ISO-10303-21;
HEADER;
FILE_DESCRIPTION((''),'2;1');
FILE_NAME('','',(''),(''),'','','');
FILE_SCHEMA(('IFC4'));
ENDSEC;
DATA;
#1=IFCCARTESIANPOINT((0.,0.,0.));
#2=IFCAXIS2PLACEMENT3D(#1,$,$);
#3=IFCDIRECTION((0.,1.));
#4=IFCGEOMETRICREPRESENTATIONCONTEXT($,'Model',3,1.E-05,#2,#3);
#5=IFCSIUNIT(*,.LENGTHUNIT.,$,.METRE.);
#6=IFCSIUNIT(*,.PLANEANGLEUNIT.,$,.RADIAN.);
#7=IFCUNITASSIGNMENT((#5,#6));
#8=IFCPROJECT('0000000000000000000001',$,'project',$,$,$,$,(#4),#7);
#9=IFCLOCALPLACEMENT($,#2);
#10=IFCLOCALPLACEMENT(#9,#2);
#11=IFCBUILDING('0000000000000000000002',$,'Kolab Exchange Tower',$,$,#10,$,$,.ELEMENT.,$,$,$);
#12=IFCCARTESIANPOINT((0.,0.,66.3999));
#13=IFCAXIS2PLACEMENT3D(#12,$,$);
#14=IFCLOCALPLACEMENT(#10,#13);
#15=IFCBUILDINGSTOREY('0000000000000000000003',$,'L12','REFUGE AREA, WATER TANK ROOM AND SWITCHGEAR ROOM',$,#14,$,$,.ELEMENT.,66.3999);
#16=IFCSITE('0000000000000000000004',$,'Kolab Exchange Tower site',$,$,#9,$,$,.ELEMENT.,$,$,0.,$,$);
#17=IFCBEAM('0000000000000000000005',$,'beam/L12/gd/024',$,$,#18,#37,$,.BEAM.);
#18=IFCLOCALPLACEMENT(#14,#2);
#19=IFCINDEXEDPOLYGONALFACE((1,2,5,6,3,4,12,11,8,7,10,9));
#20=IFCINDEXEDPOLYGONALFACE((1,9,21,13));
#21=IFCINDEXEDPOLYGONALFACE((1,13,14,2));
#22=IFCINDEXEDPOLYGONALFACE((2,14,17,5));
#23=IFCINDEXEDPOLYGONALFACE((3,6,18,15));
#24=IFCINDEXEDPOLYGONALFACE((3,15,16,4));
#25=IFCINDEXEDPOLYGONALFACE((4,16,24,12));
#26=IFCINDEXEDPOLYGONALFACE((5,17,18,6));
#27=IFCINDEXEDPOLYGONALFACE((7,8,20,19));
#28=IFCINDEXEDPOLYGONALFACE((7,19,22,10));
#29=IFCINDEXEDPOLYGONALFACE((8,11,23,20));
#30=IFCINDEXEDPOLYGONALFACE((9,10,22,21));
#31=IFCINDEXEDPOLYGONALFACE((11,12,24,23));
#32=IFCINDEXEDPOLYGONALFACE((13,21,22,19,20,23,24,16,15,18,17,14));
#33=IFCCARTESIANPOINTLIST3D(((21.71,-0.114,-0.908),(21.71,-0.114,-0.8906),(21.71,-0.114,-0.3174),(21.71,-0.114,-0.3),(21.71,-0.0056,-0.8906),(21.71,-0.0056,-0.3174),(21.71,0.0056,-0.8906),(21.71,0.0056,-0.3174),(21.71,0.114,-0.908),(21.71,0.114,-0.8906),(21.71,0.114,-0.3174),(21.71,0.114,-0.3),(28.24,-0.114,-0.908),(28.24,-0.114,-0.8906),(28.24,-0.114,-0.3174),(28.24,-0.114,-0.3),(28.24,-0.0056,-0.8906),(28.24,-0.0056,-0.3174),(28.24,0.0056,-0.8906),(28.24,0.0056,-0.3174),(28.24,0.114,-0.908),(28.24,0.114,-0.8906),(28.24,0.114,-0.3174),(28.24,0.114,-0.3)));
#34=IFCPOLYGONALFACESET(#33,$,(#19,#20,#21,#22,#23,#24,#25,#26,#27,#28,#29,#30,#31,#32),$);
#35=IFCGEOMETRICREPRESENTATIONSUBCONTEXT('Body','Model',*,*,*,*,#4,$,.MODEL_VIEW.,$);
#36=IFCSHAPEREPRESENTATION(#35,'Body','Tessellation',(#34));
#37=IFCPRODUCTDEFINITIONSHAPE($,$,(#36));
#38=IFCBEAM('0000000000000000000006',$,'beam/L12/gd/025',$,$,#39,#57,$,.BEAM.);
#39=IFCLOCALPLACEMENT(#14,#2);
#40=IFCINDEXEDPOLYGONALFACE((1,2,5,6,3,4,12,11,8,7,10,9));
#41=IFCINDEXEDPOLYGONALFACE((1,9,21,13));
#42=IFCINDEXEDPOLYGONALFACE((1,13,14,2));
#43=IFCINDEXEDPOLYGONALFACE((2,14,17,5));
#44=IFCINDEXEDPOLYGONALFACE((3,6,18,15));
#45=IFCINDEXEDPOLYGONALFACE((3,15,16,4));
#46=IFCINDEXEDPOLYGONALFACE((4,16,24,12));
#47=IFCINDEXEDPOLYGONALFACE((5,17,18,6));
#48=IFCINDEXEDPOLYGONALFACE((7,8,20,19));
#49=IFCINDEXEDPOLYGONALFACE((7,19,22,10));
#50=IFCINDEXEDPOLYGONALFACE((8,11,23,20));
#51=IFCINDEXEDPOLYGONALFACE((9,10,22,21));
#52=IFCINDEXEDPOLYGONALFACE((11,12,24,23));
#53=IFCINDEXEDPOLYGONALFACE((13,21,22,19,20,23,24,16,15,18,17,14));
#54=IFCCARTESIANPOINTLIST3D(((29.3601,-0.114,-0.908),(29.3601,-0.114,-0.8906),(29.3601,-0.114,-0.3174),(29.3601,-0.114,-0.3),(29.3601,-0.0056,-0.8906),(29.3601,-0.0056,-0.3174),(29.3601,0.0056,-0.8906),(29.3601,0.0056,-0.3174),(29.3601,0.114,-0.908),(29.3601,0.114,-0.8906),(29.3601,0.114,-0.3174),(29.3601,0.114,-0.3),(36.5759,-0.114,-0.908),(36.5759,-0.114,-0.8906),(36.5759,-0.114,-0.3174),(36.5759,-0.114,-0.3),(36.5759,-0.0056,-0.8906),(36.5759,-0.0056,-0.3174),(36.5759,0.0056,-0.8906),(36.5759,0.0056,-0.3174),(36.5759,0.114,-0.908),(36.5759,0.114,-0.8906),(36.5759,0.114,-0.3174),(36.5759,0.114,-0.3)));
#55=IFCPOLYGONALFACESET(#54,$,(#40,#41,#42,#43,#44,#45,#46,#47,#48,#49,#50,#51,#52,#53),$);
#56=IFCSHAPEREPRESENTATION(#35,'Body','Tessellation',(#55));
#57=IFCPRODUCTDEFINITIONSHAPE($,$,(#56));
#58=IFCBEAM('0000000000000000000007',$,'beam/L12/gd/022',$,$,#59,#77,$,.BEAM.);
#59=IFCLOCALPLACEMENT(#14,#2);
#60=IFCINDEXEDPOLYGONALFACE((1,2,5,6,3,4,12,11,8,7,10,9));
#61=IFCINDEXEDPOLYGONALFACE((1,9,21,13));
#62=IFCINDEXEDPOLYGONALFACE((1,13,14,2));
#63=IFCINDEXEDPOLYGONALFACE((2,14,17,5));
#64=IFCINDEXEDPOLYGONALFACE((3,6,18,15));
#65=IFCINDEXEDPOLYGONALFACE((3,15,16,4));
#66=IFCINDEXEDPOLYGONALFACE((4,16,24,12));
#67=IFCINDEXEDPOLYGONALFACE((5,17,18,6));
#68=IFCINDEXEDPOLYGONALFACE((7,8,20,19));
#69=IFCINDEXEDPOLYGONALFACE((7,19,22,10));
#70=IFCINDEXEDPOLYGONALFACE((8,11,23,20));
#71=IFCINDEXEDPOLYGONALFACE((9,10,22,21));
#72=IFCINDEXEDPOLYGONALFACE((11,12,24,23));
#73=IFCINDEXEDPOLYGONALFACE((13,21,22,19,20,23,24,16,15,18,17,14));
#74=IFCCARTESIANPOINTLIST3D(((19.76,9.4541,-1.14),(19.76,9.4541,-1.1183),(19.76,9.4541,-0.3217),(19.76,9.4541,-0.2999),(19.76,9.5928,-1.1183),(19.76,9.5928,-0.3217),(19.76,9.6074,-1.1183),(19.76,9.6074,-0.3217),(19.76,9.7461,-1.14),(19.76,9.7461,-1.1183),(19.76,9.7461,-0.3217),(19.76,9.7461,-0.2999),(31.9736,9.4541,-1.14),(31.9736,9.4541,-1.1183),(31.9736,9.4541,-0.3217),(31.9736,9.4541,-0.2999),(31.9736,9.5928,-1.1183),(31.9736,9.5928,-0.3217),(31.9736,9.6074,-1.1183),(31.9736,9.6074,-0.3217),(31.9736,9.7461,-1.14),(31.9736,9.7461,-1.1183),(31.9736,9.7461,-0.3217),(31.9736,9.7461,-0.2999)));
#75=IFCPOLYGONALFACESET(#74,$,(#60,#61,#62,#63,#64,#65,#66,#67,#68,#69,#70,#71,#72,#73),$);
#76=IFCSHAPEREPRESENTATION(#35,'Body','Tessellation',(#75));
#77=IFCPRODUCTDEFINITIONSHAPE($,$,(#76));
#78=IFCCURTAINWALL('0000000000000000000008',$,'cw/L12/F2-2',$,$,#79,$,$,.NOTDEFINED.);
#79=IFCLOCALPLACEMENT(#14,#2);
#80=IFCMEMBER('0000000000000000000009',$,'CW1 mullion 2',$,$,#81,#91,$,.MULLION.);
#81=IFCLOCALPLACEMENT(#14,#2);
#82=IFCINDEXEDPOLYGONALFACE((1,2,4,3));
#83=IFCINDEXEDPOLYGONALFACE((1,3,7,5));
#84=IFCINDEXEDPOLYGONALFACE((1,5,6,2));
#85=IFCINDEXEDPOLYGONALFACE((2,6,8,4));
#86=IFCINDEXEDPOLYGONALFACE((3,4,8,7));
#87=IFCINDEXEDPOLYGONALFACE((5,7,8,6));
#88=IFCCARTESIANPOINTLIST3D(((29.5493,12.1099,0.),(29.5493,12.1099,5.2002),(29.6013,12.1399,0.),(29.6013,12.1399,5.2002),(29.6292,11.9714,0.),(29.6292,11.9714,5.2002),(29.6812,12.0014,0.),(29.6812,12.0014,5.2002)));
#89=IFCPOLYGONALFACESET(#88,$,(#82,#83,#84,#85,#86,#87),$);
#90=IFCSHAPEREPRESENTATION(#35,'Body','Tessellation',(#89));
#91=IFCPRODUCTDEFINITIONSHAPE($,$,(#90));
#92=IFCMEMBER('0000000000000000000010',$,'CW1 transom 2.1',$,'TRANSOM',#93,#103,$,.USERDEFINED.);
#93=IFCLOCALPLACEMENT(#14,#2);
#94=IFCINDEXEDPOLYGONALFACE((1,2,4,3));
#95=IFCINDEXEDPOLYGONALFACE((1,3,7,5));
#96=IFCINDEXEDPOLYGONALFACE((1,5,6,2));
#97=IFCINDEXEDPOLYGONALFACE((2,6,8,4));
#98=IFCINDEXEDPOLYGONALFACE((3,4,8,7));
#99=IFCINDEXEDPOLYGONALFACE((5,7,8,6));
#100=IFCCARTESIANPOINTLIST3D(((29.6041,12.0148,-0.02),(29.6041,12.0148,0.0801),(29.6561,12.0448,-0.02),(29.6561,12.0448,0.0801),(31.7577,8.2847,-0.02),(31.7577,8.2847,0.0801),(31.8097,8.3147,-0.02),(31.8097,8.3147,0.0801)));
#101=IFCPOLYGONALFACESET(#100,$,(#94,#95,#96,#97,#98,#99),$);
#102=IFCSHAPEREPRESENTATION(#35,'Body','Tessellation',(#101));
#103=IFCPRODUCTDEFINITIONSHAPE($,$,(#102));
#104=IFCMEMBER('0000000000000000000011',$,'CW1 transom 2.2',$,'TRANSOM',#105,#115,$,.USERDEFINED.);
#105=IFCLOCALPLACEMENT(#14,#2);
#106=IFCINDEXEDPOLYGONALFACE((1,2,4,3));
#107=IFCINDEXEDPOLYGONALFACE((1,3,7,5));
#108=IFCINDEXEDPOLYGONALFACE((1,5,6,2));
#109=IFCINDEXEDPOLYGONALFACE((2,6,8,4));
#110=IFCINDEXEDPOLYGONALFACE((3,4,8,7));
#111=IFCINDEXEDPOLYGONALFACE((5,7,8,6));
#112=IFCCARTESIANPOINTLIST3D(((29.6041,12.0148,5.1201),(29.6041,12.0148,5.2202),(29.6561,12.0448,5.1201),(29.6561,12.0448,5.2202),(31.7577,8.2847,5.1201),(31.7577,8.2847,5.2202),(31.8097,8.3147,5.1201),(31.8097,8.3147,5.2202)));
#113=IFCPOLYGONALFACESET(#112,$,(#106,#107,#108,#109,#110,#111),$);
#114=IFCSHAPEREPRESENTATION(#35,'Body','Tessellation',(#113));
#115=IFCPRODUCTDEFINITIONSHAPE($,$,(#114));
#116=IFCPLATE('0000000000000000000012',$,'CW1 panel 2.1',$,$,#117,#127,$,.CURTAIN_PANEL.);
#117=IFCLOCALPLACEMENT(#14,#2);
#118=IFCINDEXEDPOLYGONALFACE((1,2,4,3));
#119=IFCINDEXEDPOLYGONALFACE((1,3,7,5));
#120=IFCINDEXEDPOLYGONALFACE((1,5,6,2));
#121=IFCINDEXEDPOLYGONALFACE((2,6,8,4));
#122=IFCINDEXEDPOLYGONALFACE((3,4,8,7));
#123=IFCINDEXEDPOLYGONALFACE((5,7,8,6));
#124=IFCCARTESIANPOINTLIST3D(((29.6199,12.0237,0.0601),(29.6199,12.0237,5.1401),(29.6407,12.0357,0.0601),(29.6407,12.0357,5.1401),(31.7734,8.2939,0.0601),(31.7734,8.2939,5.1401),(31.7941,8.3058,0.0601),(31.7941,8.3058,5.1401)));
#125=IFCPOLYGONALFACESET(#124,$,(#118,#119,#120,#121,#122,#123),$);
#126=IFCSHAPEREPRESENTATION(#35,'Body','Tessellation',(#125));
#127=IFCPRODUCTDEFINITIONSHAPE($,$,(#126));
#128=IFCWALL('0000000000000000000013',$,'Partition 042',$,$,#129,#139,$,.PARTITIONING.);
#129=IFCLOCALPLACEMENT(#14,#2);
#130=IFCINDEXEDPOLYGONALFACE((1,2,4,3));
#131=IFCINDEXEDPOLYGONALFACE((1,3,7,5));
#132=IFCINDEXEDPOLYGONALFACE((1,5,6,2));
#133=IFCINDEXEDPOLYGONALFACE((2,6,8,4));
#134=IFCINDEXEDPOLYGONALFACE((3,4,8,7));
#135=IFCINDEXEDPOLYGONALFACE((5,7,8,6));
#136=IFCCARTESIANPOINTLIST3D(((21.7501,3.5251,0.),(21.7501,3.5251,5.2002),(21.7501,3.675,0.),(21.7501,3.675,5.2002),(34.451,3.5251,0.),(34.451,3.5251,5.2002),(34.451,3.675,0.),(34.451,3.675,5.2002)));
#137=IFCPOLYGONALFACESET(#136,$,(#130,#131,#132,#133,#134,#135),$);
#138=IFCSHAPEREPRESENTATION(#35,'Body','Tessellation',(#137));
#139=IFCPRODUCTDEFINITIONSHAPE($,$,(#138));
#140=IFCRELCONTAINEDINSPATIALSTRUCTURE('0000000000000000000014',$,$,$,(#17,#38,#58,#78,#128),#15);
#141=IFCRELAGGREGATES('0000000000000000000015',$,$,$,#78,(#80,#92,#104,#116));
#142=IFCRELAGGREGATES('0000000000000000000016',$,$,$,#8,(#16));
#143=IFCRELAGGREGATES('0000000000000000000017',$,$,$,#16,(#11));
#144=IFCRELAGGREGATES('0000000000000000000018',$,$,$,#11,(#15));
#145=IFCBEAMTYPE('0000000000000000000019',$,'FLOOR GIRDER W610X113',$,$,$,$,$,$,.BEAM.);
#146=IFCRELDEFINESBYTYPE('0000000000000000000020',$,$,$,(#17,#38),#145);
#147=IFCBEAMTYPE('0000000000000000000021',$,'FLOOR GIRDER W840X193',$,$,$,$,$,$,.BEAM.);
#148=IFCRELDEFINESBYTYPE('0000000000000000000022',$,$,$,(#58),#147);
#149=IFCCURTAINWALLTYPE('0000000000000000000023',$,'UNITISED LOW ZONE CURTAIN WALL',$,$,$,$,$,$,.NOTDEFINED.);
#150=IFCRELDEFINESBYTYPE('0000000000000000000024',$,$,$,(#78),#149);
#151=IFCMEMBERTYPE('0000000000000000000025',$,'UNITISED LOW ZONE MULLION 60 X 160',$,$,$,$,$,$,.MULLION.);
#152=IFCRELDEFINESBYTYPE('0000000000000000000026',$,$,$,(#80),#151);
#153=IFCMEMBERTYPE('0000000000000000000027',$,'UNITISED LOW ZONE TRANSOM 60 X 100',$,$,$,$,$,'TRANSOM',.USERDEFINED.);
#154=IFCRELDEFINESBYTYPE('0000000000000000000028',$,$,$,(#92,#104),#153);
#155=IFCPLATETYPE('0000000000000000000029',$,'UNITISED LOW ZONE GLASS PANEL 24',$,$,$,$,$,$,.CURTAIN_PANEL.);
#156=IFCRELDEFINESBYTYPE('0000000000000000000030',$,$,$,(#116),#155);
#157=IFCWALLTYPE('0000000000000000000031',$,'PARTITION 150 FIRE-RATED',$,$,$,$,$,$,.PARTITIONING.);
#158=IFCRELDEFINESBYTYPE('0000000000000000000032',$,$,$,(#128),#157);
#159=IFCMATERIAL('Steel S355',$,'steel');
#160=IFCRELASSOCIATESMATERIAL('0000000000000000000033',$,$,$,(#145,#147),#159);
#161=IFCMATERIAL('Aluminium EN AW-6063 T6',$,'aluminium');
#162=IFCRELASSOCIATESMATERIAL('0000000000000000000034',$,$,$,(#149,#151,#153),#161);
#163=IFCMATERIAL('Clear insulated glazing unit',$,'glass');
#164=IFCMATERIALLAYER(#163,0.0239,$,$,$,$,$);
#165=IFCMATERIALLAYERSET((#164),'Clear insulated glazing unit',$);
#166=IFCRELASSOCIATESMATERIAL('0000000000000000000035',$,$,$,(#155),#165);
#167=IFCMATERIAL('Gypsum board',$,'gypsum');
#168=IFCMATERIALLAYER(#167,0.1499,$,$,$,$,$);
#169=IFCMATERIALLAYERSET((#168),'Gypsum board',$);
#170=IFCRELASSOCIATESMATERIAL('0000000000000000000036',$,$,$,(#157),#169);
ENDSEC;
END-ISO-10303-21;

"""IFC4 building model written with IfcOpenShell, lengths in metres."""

from ifc_helpers import new_model, si_unit, direction, frame, frame_2d, origin, origin_2d, place, context, subcontext, project, spatial, rectangle, i_section, extrude, material, layer, layer_set, material_profile, profile_set, type_object, element, aggregate, save


model = new_model("IFC4")

# Units and contexts
model_context = context("Model", 3, precision=1e-05, world=origin(), true_north=direction((0.0, 1.0)))
body_context = subcontext(model_context, "Body", "Model", "MODEL_VIEW")
ifc_project = project(units=[si_unit("LENGTHUNIT", "METRE"), si_unit("PLANEANGLEUNIT", "RADIAN")], contexts=[model_context])

# Site, building, storey
site_placement = place(None, origin())
site = spatial("IfcSite", under=ifc_project, at=site_placement, Name="Kolab Exchange Tower site", CompositionType="ELEMENT", RefElevation=0.0)
building_placement = place(site_placement, origin())
building = spatial("IfcBuilding", under=site, at=building_placement, Name="Kolab Exchange Tower", CompositionType="ELEMENT")
storey_placement = place(building_placement, frame((0.0, 0.0, 66.3999)))
storey = spatial("IfcBuildingStorey", under=building, at=storey_placement, Name="L12", Description="REFUGE AREA, WATER TANK ROOM AND SWITCHGEAR ROOM", CompositionType="ELEMENT", Elevation=66.3999)

# Beams
ifc_material_1 = material(Name="Steel S355", Category="steel")
ifc_material_profile_1 = material_profile(ifc_material_1, i_section(OverallWidth=0.228, OverallDepth=0.6079, WebThickness=0.0112, FlangeThickness=0.0173, at=origin_2d()), Name="W610X113")
ifc_profile_set_1 = profile_set([ifc_material_profile_1], Name="Steel S355")
beam_type_1 = type_object("IfcBeamType", Name="FLOOR GIRDER W610X113", PredefinedType="BEAM", material=ifc_profile_set_1)
beam_1_placement = place(storey_placement, frame((21.71, 0.0, -0.604), z_axis=(1.0, 0.0, 0.0), x_axis=(0.0, 1.0, 0.0)))
element("IfcBeam", 1, at=beam_1_placement, inside=storey, type_object=beam_type_1, Name="beam/L12/gd/024", PredefinedType="BEAM", context=body_context, shape_type="SweptSolid", body=[
    extrude(i_section(OverallWidth=0.228, OverallDepth=0.6079, WebThickness=0.0112, FlangeThickness=0.0173, at=origin_2d()), origin(), (0.0, 0.0, 1.0), 6.53),
])
beam_2_placement = place(storey_placement, frame((29.3601, 0.0, -0.604), z_axis=(1.0, 0.0, 0.0), x_axis=(0.0, 1.0, 0.0)))
element("IfcBeam", 2, at=beam_2_placement, inside=storey, type_object=beam_type_1, Name="beam/L12/gd/025", PredefinedType="BEAM", context=body_context, shape_type="SweptSolid", body=[
    extrude(i_section(OverallWidth=0.228, OverallDepth=0.6079, WebThickness=0.0112, FlangeThickness=0.0173, at=origin_2d()), origin(), (0.0, 0.0, 1.0), 7.2158),
])
ifc_material_profile_2 = material_profile(ifc_material_1, i_section(OverallWidth=0.292, OverallDepth=0.8401, WebThickness=0.0146, FlangeThickness=0.0217, at=origin_2d()), Name="W840X193")
ifc_profile_set_2 = profile_set([ifc_material_profile_2], Name="Steel S355")
beam_type_2 = type_object("IfcBeamType", Name="FLOOR GIRDER W840X193", PredefinedType="BEAM", material=ifc_profile_set_2)
beam_3_placement = place(storey_placement, frame((19.76, 9.6001, -0.72), z_axis=(1.0, 0.0, 0.0), x_axis=(0.0, 1.0, 0.0)))
element("IfcBeam", 3, at=beam_3_placement, inside=storey, type_object=beam_type_2, Name="beam/L12/gd/022", PredefinedType="BEAM", context=body_context, shape_type="SweptSolid", body=[
    extrude(i_section(OverallWidth=0.292, OverallDepth=0.8401, WebThickness=0.0146, FlangeThickness=0.0217, at=origin_2d()), origin(), (0.0, 0.0, 1.0), 12.2136),
])

# Curtain wall, members, plate
ifc_material_2 = material(Name="Aluminium EN AW-6063 T6", Category="aluminium")
curtain_wall_type = type_object("IfcCurtainWallType", Name="UNITISED LOW ZONE CURTAIN WALL", PredefinedType="NOTDEFINED", material=ifc_material_2)
curtain_wall_placement = place(storey_placement, origin())
curtain_wall = element("IfcCurtainWall", 4, at=curtain_wall_placement, inside=storey, type_object=curtain_wall_type, Name="cw/L12/F2-2", PredefinedType="NOTDEFINED")
ifc_material_profile_3 = material_profile(ifc_material_2, rectangle(XDim=0.0601, YDim=0.1599, at=origin_2d()), Name="RECT 60X160")
ifc_profile_set_3 = profile_set([ifc_material_profile_3], Name="Aluminium EN AW-6063 T6")
member_type_1 = type_object("IfcMemberType", Name="UNITISED LOW ZONE MULLION 60 X 160", PredefinedType="MULLION", material=ifc_profile_set_3)
member_1_placement = place(storey_placement, frame((29.6152, 12.0557, 0.0), z_axis=(0.0, 0.0, 1.0), x_axis=(0.866025, 0.5, 0.0)))
member_1 = element("IfcMember", 5, at=member_1_placement, type_object=member_type_1, Name="CW1 mullion 2", PredefinedType="MULLION", context=body_context, shape_type="SweptSolid", body=[
    extrude(rectangle(XDim=0.0601, YDim=0.1599, at=origin_2d()), origin(), (0.0, 0.0, 1.0), 5.2002),
])
ifc_material_profile_4 = material_profile(ifc_material_2, rectangle(XDim=0.0601, YDim=0.1001, at=origin_2d()), Name="RECT 60X100")
ifc_profile_set_4 = profile_set([ifc_material_profile_4], Name="Aluminium EN AW-6063 T6")
member_type_2 = type_object("IfcMemberType", Name="UNITISED LOW ZONE TRANSOM 60 X 100", ElementType="TRANSOM", PredefinedType="USERDEFINED", material=ifc_profile_set_4)
member_2_placement = place(storey_placement, frame((29.6301, 12.0298, 0.03), z_axis=(0.50001, -0.866019, 0.0), x_axis=(0.866019, 0.50001, 0.0)))
member_2 = element("IfcMember", 6, at=member_2_placement, type_object=member_type_2, Name="CW1 transom 2.1", ObjectType="TRANSOM", PredefinedType="USERDEFINED", context=body_context, shape_type="SweptSolid", body=[
    extrude(rectangle(XDim=0.0601, YDim=0.1001, at=origin_2d()), origin(), (0.0, 0.0, 1.0), 4.3071),
])
member_3_placement = place(storey_placement, frame((29.6301, 12.0298, 5.1702), z_axis=(0.50001, -0.866019, 0.0), x_axis=(0.866019, 0.50001, 0.0)))
member_3 = element("IfcMember", 7, at=member_3_placement, type_object=member_type_2, Name="CW1 transom 2.2", ObjectType="TRANSOM", PredefinedType="USERDEFINED", context=body_context, shape_type="SweptSolid", body=[
    extrude(rectangle(XDim=0.0601, YDim=0.1001, at=origin_2d()), origin(), (0.0, 0.0, 1.0), 4.3071),
])
ifc_material_3 = material(Name="Clear insulated glazing unit", Category="glass")
ifc_layer_1 = layer(ifc_material_3, 0.0239)
ifc_layer_set_1 = layer_set([ifc_layer_1], Name="Clear insulated glazing unit")
plate_type = type_object("IfcPlateType", Name="UNITISED LOW ZONE GLASS PANEL 24", PredefinedType="CURTAIN_PANEL", material=ifc_layer_set_1)
plate_placement = place(storey_placement, frame((30.707, 10.1648, 0.0601), z_axis=(0.0, 0.0, 1.0), x_axis=(0.5, -0.866025, 0.0)))
plate = element("IfcPlate", 8, at=plate_placement, type_object=plate_type, Name="CW1 panel 2.1", PredefinedType="CURTAIN_PANEL", context=body_context, shape_type="SweptSolid", body=[
    extrude(rectangle(XDim=4.3069, YDim=0.0239, at=origin_2d()), origin(), (0.0, 0.0, 1.0), 5.0801),
])
aggregate(curtain_wall, [member_1, member_2, member_3, plate])

# Wall
ifc_material_4 = material(Name="Gypsum board", Category="gypsum")
ifc_layer_2 = layer(ifc_material_4, 0.1499)
ifc_layer_set_2 = layer_set([ifc_layer_2], Name="Gypsum board")
wall_type = type_object("IfcWallType", Name="PARTITION 150 FIRE-RATED", PredefinedType="PARTITIONING", material=ifc_layer_set_2)
wall_placement = place(storey_placement, frame((21.75, 3.6001, 0.0), z_axis=(0.0, 0.0, 1.0), x_axis=(1.0, 0.0, 0.0)))
element("IfcWall", 9, at=wall_placement, inside=storey, type_object=wall_type, Name="Partition 042", PredefinedType="PARTITIONING", context=body_context, shape_type="SweptSolid", body=[
    extrude(rectangle(XDim=12.7009, YDim=0.1499, at=frame_2d((6.3506, 0.0))), origin(), (0.0, 0.0, 1.0), 5.2002),
])

save(model, "model.ifc")
